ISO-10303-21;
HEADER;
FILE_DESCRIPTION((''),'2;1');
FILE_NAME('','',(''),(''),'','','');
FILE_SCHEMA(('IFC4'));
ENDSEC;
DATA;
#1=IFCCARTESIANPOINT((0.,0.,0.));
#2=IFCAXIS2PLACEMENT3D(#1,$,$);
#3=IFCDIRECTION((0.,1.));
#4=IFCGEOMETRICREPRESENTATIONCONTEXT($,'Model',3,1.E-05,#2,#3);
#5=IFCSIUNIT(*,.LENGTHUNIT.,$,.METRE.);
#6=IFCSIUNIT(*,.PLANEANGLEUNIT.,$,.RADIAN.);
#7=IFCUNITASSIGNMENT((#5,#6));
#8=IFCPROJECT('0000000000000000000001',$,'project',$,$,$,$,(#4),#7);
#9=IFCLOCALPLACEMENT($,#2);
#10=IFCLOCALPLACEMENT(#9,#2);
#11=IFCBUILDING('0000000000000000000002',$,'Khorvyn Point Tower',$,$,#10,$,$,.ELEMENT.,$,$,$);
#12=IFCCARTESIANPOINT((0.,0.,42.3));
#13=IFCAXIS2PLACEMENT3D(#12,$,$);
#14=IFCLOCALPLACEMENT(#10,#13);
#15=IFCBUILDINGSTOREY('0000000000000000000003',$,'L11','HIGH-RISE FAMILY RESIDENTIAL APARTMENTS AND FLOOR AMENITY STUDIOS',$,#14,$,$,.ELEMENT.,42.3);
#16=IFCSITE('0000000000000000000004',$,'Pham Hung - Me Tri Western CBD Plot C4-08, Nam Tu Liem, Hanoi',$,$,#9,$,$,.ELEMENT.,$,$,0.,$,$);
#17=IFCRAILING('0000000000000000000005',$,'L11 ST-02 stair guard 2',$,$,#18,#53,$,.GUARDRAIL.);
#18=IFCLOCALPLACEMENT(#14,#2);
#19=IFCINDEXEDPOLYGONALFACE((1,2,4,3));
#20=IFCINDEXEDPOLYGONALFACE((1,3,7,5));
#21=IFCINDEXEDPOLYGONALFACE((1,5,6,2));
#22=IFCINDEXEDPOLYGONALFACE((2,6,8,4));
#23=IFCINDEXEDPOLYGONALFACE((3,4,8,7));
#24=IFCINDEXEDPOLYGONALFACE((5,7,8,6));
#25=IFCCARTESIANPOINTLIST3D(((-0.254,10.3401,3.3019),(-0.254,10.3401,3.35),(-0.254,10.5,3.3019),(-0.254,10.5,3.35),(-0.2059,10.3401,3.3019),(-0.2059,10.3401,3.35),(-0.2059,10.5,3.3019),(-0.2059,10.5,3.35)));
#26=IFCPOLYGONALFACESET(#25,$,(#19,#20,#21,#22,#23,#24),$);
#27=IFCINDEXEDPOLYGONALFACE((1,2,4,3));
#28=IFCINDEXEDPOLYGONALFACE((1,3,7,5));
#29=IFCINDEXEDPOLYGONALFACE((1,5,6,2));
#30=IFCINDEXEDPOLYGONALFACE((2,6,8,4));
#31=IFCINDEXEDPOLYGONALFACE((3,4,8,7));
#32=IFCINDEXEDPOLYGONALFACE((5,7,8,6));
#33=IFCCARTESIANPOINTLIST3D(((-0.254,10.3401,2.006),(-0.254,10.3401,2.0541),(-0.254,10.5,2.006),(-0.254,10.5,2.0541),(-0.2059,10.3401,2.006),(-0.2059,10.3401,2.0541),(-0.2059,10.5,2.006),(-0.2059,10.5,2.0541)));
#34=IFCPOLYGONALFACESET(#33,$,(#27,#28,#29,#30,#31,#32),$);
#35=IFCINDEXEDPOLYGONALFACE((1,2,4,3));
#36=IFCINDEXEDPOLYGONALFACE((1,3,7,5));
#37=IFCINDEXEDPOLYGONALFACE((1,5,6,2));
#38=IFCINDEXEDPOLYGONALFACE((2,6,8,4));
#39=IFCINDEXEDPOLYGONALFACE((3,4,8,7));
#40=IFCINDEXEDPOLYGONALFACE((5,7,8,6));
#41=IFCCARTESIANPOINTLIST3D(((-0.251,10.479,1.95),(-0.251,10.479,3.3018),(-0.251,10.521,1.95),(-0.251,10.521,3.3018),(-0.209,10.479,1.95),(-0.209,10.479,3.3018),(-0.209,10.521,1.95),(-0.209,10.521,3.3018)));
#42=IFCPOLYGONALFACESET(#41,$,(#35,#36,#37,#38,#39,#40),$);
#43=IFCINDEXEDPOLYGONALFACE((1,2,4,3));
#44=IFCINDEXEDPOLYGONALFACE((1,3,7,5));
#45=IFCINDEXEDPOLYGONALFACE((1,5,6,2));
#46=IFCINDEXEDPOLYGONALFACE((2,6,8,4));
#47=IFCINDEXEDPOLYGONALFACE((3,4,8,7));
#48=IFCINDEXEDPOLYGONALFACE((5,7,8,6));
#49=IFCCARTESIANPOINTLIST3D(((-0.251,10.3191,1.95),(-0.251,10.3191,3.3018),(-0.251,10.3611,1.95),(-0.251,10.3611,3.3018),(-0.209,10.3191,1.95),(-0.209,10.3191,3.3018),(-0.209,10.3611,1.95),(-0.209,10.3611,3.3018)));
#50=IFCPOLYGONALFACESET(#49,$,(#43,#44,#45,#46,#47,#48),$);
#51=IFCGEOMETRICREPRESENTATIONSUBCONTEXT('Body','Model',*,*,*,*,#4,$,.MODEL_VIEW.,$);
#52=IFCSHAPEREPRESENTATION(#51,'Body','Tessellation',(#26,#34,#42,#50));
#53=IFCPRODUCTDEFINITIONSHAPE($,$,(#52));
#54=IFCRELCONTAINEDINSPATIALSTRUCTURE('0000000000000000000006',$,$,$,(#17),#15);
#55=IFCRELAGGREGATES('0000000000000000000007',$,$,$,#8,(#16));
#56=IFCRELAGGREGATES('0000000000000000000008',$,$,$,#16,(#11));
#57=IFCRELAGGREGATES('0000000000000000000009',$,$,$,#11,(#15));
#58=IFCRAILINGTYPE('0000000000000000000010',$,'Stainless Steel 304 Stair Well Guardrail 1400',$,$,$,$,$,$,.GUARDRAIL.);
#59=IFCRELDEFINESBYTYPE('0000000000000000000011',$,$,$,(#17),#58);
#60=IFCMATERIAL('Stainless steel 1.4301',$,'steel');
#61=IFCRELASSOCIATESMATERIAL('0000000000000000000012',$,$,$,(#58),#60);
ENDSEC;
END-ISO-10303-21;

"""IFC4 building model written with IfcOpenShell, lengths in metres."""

from ifc_helpers import new_model, si_unit, direction, frame, origin, origin_2d, place, context, subcontext, project, spatial, rectangle, extrude, material, type_object, element, save


model = new_model("IFC4")

# Units and contexts
model_context = context("Model", 3, precision=1e-05, world=origin(), true_north=direction((0.0, 1.0)))
body_context = subcontext(model_context, "Body", "Model", "MODEL_VIEW")
ifc_project = project(units=[si_unit("LENGTHUNIT", "METRE"), si_unit("PLANEANGLEUNIT", "RADIAN")], contexts=[model_context])

# Site, building, storey
site_placement = place(None, origin())
site = spatial("IfcSite", under=ifc_project, at=site_placement, Name="Pham Hung - Me Tri Western CBD Plot C4-08, Nam Tu Liem, Hanoi", CompositionType="ELEMENT", RefElevation=0.0)
building_placement = place(site_placement, origin())
building = spatial("IfcBuilding", under=site, at=building_placement, Name="Khorvyn Point Tower", CompositionType="ELEMENT")
storey_placement = place(building_placement, frame((0.0, 0.0, 42.3)))
storey = spatial("IfcBuildingStorey", under=building, at=storey_placement, Name="L11", Description="HIGH-RISE FAMILY RESIDENTIAL APARTMENTS AND FLOOR AMENITY STUDIOS", CompositionType="ELEMENT", Elevation=42.3)

# Shared definitions
ifc_material_1 = material(Name="Stainless steel 1.4301", Category="steel")

# Railing
railing_type = type_object("IfcRailingType", Name="Stainless Steel 304 Stair Well Guardrail 1400", PredefinedType="GUARDRAIL", material=ifc_material_1)
railing_placement = place(storey_placement, frame((-0.23, 10.5, 1.95)))
element("IfcRailing", 1, at=railing_placement, inside=storey, type_object=railing_type, Name="L11 ST-02 stair guard 2", PredefinedType="GUARDRAIL", context=body_context, shape_type="SweptSolid", body=[
    extrude(rectangle(XDim=0.0481, YDim=0.0481, at=origin_2d()), frame((0.0, 0.0, 1.376), z_axis=(0.0, -1.0, 0.0), x_axis=(1.0, 0.0, 0.0)), (0.0, 0.0, 1.0), 0.1599),
    extrude(rectangle(XDim=0.0481, YDim=0.0481, at=origin_2d()), frame((0.0, 0.0, 0.0801), z_axis=(0.0, -1.0, 0.0), x_axis=(1.0, 0.0, 0.0)), (0.0, 0.0, 1.0), 0.1599),
    extrude(rectangle(XDim=0.042, YDim=0.042, at=origin_2d()), origin(), (0.0, 0.0, 1.0), 1.3518),
    extrude(rectangle(XDim=0.042, YDim=0.042, at=origin_2d()), frame((0.0, -0.1599, 0.0)), (0.0, 0.0, 1.0), 1.3518),
])

save(model, "model.ifc")
